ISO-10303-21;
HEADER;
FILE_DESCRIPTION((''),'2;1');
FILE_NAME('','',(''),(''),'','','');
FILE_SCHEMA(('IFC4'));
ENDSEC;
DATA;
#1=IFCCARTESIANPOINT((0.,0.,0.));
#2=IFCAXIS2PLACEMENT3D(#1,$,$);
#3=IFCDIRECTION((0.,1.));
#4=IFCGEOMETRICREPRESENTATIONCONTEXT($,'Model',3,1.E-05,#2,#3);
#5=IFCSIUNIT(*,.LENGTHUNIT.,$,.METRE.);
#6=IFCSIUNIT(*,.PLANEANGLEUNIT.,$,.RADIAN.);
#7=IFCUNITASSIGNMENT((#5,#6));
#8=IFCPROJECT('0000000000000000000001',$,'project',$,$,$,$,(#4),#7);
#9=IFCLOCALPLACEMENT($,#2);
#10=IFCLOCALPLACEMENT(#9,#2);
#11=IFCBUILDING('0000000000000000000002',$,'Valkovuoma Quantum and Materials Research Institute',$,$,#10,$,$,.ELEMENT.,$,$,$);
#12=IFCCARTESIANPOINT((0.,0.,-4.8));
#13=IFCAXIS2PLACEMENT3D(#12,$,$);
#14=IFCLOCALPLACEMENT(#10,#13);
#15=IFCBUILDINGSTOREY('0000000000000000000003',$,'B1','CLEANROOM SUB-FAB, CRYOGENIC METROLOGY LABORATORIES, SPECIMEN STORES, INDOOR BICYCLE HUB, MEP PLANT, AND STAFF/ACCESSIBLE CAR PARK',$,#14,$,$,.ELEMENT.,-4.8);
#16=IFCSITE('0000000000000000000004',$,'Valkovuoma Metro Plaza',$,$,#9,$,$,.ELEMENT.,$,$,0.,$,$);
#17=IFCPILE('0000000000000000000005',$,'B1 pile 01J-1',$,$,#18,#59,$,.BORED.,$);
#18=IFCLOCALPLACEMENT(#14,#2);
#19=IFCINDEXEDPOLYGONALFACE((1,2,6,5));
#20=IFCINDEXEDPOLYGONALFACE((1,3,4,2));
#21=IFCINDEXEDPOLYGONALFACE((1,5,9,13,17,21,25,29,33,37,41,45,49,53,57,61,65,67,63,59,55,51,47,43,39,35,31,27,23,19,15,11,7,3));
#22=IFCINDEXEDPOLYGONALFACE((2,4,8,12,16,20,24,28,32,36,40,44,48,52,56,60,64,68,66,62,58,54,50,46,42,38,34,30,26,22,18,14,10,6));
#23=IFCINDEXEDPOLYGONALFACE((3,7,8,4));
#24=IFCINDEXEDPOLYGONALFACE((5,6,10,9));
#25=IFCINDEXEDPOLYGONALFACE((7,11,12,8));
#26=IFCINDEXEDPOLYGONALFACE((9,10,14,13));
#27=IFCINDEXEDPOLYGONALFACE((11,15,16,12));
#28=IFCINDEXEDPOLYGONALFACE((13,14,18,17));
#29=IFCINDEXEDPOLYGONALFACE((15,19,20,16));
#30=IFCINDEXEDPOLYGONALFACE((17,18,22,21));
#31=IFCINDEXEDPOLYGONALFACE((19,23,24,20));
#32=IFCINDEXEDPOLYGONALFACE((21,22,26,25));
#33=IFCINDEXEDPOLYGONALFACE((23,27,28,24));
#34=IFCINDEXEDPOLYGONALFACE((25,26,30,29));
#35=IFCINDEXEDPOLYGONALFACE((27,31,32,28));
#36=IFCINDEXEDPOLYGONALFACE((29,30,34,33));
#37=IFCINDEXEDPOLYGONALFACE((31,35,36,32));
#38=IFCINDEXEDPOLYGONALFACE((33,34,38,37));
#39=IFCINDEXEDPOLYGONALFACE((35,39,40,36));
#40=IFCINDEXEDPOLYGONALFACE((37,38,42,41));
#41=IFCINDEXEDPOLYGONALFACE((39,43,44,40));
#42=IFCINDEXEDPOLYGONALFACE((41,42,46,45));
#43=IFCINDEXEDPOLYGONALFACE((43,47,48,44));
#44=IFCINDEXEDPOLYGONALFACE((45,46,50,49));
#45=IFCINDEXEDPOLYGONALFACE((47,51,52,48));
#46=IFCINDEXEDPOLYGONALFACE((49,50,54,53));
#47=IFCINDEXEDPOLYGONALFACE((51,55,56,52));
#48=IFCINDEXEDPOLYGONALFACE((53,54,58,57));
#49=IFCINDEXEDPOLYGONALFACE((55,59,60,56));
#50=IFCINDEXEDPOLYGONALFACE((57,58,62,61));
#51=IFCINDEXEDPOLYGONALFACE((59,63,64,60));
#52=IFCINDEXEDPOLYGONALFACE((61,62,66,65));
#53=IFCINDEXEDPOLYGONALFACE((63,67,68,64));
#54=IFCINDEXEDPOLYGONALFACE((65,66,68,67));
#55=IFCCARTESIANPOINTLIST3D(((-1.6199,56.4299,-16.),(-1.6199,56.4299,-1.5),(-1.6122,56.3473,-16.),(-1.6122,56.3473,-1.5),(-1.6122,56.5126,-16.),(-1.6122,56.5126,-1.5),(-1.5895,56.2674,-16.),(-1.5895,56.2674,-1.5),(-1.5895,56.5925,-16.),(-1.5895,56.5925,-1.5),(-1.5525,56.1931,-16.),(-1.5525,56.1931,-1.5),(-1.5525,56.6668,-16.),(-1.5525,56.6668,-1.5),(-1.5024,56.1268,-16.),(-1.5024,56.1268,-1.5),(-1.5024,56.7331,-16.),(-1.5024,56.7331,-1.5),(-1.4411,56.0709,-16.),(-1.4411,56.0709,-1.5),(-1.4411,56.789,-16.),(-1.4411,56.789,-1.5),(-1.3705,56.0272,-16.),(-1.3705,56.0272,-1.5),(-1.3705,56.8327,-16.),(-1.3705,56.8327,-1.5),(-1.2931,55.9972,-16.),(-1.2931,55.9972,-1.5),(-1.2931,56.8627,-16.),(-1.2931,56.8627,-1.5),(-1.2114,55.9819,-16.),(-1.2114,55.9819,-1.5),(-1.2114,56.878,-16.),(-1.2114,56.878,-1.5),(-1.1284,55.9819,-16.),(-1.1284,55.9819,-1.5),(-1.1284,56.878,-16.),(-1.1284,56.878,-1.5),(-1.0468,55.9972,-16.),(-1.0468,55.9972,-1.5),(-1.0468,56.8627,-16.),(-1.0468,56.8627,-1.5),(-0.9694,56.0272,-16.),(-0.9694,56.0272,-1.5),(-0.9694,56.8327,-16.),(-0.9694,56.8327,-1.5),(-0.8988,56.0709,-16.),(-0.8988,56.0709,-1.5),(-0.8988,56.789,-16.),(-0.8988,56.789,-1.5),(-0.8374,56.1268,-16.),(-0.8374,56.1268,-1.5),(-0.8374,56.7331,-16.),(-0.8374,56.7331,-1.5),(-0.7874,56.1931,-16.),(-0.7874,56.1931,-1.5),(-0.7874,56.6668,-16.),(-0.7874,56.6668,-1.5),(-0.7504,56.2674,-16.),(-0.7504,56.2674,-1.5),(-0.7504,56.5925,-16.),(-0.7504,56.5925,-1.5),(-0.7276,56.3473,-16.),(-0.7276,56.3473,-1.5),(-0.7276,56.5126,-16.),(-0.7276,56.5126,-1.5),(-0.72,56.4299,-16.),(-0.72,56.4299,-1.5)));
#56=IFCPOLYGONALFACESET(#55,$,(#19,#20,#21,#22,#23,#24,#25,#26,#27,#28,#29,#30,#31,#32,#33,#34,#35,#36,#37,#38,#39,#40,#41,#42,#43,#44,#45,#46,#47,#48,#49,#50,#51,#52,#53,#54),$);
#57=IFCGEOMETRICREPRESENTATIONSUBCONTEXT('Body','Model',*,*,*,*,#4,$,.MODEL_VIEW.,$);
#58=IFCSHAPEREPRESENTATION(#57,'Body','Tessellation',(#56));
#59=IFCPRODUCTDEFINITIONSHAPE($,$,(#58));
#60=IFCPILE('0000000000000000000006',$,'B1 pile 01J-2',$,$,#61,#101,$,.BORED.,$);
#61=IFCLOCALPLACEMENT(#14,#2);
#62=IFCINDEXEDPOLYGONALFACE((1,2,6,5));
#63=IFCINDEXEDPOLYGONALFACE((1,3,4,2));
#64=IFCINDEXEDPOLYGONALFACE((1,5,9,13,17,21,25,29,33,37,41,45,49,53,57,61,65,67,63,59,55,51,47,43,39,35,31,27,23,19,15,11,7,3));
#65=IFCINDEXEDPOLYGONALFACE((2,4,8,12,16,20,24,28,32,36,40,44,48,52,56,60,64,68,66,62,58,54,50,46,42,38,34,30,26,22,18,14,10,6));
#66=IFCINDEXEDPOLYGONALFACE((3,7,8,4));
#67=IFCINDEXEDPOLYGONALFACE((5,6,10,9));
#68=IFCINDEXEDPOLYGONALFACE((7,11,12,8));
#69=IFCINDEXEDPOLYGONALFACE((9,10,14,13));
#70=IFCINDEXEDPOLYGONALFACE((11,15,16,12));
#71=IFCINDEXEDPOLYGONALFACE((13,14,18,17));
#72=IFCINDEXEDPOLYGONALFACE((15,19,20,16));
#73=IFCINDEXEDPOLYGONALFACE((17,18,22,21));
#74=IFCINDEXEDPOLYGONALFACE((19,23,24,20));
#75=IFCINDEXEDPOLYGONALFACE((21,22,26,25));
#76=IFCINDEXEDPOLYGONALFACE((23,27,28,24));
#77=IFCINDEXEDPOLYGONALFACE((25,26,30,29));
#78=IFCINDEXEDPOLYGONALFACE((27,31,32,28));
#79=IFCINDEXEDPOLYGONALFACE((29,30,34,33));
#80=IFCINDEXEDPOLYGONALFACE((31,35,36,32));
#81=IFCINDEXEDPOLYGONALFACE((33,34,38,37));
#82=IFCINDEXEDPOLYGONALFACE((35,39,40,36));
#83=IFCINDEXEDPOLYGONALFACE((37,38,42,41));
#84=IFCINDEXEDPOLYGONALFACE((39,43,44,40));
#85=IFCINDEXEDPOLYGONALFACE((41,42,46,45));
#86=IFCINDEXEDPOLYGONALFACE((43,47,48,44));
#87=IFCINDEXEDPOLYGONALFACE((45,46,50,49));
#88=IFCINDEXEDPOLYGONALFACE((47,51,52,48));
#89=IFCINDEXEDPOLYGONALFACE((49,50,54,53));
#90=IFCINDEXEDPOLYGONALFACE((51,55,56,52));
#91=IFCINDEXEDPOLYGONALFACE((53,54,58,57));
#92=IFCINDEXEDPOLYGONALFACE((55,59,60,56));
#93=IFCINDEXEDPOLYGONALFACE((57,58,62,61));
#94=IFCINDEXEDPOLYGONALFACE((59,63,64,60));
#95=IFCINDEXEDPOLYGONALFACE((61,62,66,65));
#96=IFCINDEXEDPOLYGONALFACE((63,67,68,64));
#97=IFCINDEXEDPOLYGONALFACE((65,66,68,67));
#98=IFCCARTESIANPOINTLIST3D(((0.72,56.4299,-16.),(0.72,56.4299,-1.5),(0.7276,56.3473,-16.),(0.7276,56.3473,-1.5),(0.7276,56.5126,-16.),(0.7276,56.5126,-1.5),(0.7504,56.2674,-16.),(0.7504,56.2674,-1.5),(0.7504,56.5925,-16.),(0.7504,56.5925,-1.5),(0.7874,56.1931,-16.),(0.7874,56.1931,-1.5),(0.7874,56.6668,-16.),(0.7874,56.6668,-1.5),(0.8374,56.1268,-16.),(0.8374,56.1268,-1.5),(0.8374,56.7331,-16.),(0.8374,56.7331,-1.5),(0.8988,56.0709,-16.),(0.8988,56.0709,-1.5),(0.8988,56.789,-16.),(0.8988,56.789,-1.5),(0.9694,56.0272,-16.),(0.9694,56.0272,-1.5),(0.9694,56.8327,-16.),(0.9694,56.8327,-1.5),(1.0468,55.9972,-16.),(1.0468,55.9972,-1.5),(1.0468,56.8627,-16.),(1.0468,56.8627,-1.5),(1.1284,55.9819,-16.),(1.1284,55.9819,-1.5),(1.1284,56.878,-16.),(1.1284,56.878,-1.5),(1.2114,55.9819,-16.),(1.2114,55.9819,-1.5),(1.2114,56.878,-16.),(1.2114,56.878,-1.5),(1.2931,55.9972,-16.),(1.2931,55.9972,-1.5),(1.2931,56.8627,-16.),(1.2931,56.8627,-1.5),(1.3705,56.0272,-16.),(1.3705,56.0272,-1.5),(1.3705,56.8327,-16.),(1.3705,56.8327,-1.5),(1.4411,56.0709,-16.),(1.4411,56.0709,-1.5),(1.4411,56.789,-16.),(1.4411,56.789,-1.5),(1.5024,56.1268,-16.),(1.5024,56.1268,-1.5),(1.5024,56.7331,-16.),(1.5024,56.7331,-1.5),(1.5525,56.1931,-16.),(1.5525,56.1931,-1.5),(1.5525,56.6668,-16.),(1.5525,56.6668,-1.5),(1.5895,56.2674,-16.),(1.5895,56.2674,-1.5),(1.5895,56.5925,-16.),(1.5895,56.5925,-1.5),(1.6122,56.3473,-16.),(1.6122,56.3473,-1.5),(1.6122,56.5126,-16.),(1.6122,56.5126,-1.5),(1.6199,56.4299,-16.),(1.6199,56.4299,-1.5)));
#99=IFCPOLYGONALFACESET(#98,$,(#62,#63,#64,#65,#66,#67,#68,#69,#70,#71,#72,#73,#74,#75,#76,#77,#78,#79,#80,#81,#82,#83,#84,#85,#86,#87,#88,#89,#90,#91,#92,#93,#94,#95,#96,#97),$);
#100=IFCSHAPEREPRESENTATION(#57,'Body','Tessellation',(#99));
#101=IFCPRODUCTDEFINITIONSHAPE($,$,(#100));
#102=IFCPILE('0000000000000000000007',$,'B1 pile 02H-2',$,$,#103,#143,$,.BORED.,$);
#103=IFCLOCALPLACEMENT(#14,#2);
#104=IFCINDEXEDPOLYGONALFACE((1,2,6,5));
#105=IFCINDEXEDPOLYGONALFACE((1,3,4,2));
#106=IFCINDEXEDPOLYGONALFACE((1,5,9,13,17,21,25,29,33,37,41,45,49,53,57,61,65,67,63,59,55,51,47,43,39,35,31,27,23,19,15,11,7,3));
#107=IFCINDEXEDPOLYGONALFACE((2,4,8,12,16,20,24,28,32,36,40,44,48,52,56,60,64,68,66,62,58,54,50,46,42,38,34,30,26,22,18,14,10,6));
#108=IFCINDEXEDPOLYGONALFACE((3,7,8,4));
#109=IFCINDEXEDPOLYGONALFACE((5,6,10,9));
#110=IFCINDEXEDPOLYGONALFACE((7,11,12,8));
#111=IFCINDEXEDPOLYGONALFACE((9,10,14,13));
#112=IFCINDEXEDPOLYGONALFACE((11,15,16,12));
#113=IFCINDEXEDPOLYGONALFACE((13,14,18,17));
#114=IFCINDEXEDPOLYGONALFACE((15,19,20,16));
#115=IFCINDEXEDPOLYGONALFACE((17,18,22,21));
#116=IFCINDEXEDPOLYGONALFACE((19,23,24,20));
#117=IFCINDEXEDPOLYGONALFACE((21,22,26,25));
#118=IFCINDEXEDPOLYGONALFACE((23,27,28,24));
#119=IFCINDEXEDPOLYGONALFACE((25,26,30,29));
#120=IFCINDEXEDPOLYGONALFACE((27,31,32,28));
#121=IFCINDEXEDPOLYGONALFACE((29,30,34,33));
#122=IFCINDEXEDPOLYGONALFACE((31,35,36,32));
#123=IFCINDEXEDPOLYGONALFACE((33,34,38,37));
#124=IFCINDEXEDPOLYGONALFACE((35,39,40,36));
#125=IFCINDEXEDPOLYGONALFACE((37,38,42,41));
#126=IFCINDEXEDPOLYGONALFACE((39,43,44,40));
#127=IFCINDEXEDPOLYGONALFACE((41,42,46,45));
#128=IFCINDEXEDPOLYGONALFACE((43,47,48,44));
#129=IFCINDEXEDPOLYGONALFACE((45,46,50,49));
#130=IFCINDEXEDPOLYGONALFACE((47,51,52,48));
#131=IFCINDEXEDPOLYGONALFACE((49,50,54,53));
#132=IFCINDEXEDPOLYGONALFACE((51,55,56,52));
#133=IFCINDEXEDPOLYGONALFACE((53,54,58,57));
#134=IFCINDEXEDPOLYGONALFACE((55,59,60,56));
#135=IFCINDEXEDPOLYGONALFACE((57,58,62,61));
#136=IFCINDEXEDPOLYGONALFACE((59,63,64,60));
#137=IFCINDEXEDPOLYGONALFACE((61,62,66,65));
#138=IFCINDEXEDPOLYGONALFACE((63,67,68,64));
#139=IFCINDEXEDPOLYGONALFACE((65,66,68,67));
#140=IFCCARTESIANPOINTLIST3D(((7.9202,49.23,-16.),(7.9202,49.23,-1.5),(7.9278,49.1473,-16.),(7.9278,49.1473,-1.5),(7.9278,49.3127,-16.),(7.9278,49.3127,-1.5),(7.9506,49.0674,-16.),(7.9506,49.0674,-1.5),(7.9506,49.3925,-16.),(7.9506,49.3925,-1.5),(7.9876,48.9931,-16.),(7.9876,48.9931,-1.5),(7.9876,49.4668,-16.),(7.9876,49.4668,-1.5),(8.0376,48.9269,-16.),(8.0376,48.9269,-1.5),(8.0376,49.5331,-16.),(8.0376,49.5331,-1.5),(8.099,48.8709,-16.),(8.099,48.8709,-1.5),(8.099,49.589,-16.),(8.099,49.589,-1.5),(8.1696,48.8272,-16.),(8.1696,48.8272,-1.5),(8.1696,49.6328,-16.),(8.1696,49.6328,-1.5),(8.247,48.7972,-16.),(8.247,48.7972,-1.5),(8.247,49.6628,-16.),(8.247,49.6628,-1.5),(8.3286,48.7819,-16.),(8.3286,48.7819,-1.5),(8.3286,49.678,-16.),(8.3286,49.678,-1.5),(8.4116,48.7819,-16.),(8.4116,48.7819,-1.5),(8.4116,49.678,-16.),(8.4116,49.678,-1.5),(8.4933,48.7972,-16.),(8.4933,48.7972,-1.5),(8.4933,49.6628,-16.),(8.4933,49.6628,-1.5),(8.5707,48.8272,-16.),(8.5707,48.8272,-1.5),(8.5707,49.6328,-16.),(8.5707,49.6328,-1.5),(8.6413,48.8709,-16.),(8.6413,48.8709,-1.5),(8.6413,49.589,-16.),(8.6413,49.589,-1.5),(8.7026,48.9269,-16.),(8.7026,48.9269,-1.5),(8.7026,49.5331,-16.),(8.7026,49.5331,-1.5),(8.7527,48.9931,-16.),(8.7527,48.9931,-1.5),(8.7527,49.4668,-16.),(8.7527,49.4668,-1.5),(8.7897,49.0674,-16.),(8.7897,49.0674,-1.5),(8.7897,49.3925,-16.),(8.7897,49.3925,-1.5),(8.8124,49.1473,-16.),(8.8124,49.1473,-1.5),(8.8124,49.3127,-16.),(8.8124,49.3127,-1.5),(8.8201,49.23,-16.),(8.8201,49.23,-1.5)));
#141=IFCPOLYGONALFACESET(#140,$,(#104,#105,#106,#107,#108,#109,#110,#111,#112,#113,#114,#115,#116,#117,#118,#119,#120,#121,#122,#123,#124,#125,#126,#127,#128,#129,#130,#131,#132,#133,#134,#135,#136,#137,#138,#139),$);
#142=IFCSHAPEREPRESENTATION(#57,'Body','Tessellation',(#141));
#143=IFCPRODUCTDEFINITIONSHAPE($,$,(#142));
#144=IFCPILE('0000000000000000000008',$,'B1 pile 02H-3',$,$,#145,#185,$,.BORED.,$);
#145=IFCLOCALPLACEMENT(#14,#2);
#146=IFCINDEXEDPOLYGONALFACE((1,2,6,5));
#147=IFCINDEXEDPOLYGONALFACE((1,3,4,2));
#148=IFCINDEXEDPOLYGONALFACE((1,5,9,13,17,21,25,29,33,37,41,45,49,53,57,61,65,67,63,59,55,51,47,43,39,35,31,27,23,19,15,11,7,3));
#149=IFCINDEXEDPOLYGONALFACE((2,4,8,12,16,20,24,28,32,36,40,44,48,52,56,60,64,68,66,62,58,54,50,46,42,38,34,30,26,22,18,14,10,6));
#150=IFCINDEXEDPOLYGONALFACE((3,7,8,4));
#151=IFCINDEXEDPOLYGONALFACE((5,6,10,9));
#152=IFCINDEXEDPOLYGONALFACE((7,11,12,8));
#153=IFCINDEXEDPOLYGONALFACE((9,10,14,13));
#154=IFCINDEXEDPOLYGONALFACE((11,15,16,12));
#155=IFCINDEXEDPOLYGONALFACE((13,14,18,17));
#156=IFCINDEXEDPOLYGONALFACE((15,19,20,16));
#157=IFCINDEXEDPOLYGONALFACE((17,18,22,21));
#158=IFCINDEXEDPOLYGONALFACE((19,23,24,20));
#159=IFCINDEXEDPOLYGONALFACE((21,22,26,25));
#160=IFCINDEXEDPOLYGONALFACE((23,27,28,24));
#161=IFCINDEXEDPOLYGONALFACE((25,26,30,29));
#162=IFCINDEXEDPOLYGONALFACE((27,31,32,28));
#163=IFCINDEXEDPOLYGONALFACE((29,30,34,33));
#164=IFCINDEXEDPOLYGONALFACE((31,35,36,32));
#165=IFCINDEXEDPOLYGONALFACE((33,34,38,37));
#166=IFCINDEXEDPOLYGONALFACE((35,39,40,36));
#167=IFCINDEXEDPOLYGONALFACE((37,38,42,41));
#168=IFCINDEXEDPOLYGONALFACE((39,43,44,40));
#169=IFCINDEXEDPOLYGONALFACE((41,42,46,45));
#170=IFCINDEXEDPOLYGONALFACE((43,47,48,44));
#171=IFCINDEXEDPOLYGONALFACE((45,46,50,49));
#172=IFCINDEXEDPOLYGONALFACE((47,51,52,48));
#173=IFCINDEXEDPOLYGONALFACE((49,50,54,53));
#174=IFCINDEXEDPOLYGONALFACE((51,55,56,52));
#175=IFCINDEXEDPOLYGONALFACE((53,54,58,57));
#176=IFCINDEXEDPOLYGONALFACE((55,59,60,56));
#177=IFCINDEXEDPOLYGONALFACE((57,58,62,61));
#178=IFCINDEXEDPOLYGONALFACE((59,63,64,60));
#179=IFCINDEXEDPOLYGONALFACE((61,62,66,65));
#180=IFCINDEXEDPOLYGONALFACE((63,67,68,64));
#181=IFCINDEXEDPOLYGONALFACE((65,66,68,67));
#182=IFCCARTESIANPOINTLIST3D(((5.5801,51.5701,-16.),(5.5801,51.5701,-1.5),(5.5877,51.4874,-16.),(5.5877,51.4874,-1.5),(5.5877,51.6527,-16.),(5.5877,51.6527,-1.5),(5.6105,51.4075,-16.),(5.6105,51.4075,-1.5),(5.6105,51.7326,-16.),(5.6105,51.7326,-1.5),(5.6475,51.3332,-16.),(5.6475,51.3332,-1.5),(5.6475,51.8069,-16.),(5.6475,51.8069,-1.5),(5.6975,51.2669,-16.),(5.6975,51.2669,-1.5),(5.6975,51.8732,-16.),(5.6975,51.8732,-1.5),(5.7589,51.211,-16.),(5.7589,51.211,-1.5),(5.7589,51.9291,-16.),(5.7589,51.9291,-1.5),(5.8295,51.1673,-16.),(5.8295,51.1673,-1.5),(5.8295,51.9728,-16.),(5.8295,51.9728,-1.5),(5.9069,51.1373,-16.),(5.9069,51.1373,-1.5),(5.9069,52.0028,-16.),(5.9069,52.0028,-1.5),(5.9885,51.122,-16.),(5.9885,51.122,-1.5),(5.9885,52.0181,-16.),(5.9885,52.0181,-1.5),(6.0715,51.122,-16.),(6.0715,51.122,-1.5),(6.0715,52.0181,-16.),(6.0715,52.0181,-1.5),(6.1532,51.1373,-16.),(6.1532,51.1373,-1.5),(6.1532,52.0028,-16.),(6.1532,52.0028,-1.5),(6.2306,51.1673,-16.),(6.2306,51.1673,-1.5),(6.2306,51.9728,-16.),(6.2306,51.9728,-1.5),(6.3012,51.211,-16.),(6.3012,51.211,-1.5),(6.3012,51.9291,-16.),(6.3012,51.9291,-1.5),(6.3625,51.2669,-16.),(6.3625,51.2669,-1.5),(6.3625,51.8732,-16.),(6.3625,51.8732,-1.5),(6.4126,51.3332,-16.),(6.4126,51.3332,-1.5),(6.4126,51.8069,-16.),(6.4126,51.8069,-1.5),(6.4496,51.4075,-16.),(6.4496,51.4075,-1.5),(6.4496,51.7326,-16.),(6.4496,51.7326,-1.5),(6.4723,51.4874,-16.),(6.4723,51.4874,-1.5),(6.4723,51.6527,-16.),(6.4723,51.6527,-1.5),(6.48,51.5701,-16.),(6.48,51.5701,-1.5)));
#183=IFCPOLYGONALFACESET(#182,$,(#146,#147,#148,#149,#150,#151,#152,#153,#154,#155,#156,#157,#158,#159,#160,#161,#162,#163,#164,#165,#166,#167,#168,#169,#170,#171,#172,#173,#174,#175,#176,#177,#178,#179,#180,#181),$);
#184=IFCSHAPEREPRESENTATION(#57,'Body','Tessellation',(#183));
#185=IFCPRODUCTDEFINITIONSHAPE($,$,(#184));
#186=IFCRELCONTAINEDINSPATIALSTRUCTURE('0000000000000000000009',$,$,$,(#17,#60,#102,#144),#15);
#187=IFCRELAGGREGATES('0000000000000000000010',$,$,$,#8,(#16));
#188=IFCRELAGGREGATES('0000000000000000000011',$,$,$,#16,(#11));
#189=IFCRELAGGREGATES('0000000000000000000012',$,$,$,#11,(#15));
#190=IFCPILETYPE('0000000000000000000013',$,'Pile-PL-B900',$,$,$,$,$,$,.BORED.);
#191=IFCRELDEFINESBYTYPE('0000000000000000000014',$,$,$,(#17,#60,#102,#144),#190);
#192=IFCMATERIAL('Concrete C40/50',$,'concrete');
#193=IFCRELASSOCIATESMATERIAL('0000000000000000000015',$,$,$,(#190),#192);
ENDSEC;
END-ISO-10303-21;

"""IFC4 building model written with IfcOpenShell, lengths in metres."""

from ifc_helpers import new_model, si_unit, direction, frame, origin, origin_2d, place, context, subcontext, project, spatial, circle, extrude, material, material_profile, profile_set, type_object, element, save


model = new_model("IFC4")

# Units and contexts
model_context = context("Model", 3, precision=1e-05, world=origin(), true_north=direction((0.0, 1.0)))
body_context = subcontext(model_context, "Body", "Model", "MODEL_VIEW")
ifc_project = project(units=[si_unit("LENGTHUNIT", "METRE"), si_unit("PLANEANGLEUNIT", "RADIAN")], contexts=[model_context])

# Site, building, storey
site_placement = place(None, origin())
site = spatial("IfcSite", under=ifc_project, at=site_placement, Name="Valkovuoma Metro Plaza", CompositionType="ELEMENT", RefElevation=0.0)
building_placement = place(site_placement, origin())
building = spatial("IfcBuilding", under=site, at=building_placement, Name="Valkovuoma Quantum and Materials Research Institute", CompositionType="ELEMENT")
storey_placement = place(building_placement, frame((0.0, 0.0, -4.8)))
storey = spatial("IfcBuildingStorey", under=building, at=storey_placement, Name="B1", Description="CLEANROOM SUB-FAB, CRYOGENIC METROLOGY LABORATORIES, SPECIMEN STORES, INDOOR BICYCLE HUB, MEP PLANT, AND STAFF/ACCESSIBLE CAR PARK", CompositionType="ELEMENT", Elevation=-4.8)

# Piles
ifc_material_1 = material(Name="Concrete C40/50", Category="concrete")
ifc_material_profile_1 = material_profile(ifc_material_1, circle(Radius=0.45, at=origin_2d()), Name="Concrete C40/50")
ifc_profile_set_1 = profile_set([ifc_material_profile_1], Name="Concrete C40/50")
pile_type_1 = type_object("IfcPileType", Name="Pile-PL-B900", PredefinedType="BORED", material=ifc_profile_set_1)
for number, where, z_axis, x_axis, name in (
    (1, (-1.1699, 56.4299, -1.5), (0.0, 0.0, -1.0), (1.0, 0.0, 0.0), "B1 pile 01J-1"),
    (2, (1.1699, 56.4299, -1.5), (0.0, 0.0, -1.0), (1.0, 0.0, 0.0), "B1 pile 01J-2"),
    (3, (8.3701, 49.23, -1.5), (0.0, 0.0, -1.0), (1.0, 0.0, 0.0), "B1 pile 02H-2"),
    (4, (6.03, 51.5701, -1.5), (0.0, 0.0, -1.0), (1.0, 0.0, 0.0), "B1 pile 02H-3"),
):
    element("IfcPile", number, at=place(storey_placement, frame(where, z_axis=z_axis, x_axis=x_axis)), inside=storey, type_object=pile_type_1, Name=name, PredefinedType="BORED", context=body_context, shape_type="SweptSolid", body=[
        extrude(circle(Radius=0.45, at=origin_2d()), origin(), (0.0, 0.0, 1.0), 14.5),
    ])

save(model, "model.ifc")
